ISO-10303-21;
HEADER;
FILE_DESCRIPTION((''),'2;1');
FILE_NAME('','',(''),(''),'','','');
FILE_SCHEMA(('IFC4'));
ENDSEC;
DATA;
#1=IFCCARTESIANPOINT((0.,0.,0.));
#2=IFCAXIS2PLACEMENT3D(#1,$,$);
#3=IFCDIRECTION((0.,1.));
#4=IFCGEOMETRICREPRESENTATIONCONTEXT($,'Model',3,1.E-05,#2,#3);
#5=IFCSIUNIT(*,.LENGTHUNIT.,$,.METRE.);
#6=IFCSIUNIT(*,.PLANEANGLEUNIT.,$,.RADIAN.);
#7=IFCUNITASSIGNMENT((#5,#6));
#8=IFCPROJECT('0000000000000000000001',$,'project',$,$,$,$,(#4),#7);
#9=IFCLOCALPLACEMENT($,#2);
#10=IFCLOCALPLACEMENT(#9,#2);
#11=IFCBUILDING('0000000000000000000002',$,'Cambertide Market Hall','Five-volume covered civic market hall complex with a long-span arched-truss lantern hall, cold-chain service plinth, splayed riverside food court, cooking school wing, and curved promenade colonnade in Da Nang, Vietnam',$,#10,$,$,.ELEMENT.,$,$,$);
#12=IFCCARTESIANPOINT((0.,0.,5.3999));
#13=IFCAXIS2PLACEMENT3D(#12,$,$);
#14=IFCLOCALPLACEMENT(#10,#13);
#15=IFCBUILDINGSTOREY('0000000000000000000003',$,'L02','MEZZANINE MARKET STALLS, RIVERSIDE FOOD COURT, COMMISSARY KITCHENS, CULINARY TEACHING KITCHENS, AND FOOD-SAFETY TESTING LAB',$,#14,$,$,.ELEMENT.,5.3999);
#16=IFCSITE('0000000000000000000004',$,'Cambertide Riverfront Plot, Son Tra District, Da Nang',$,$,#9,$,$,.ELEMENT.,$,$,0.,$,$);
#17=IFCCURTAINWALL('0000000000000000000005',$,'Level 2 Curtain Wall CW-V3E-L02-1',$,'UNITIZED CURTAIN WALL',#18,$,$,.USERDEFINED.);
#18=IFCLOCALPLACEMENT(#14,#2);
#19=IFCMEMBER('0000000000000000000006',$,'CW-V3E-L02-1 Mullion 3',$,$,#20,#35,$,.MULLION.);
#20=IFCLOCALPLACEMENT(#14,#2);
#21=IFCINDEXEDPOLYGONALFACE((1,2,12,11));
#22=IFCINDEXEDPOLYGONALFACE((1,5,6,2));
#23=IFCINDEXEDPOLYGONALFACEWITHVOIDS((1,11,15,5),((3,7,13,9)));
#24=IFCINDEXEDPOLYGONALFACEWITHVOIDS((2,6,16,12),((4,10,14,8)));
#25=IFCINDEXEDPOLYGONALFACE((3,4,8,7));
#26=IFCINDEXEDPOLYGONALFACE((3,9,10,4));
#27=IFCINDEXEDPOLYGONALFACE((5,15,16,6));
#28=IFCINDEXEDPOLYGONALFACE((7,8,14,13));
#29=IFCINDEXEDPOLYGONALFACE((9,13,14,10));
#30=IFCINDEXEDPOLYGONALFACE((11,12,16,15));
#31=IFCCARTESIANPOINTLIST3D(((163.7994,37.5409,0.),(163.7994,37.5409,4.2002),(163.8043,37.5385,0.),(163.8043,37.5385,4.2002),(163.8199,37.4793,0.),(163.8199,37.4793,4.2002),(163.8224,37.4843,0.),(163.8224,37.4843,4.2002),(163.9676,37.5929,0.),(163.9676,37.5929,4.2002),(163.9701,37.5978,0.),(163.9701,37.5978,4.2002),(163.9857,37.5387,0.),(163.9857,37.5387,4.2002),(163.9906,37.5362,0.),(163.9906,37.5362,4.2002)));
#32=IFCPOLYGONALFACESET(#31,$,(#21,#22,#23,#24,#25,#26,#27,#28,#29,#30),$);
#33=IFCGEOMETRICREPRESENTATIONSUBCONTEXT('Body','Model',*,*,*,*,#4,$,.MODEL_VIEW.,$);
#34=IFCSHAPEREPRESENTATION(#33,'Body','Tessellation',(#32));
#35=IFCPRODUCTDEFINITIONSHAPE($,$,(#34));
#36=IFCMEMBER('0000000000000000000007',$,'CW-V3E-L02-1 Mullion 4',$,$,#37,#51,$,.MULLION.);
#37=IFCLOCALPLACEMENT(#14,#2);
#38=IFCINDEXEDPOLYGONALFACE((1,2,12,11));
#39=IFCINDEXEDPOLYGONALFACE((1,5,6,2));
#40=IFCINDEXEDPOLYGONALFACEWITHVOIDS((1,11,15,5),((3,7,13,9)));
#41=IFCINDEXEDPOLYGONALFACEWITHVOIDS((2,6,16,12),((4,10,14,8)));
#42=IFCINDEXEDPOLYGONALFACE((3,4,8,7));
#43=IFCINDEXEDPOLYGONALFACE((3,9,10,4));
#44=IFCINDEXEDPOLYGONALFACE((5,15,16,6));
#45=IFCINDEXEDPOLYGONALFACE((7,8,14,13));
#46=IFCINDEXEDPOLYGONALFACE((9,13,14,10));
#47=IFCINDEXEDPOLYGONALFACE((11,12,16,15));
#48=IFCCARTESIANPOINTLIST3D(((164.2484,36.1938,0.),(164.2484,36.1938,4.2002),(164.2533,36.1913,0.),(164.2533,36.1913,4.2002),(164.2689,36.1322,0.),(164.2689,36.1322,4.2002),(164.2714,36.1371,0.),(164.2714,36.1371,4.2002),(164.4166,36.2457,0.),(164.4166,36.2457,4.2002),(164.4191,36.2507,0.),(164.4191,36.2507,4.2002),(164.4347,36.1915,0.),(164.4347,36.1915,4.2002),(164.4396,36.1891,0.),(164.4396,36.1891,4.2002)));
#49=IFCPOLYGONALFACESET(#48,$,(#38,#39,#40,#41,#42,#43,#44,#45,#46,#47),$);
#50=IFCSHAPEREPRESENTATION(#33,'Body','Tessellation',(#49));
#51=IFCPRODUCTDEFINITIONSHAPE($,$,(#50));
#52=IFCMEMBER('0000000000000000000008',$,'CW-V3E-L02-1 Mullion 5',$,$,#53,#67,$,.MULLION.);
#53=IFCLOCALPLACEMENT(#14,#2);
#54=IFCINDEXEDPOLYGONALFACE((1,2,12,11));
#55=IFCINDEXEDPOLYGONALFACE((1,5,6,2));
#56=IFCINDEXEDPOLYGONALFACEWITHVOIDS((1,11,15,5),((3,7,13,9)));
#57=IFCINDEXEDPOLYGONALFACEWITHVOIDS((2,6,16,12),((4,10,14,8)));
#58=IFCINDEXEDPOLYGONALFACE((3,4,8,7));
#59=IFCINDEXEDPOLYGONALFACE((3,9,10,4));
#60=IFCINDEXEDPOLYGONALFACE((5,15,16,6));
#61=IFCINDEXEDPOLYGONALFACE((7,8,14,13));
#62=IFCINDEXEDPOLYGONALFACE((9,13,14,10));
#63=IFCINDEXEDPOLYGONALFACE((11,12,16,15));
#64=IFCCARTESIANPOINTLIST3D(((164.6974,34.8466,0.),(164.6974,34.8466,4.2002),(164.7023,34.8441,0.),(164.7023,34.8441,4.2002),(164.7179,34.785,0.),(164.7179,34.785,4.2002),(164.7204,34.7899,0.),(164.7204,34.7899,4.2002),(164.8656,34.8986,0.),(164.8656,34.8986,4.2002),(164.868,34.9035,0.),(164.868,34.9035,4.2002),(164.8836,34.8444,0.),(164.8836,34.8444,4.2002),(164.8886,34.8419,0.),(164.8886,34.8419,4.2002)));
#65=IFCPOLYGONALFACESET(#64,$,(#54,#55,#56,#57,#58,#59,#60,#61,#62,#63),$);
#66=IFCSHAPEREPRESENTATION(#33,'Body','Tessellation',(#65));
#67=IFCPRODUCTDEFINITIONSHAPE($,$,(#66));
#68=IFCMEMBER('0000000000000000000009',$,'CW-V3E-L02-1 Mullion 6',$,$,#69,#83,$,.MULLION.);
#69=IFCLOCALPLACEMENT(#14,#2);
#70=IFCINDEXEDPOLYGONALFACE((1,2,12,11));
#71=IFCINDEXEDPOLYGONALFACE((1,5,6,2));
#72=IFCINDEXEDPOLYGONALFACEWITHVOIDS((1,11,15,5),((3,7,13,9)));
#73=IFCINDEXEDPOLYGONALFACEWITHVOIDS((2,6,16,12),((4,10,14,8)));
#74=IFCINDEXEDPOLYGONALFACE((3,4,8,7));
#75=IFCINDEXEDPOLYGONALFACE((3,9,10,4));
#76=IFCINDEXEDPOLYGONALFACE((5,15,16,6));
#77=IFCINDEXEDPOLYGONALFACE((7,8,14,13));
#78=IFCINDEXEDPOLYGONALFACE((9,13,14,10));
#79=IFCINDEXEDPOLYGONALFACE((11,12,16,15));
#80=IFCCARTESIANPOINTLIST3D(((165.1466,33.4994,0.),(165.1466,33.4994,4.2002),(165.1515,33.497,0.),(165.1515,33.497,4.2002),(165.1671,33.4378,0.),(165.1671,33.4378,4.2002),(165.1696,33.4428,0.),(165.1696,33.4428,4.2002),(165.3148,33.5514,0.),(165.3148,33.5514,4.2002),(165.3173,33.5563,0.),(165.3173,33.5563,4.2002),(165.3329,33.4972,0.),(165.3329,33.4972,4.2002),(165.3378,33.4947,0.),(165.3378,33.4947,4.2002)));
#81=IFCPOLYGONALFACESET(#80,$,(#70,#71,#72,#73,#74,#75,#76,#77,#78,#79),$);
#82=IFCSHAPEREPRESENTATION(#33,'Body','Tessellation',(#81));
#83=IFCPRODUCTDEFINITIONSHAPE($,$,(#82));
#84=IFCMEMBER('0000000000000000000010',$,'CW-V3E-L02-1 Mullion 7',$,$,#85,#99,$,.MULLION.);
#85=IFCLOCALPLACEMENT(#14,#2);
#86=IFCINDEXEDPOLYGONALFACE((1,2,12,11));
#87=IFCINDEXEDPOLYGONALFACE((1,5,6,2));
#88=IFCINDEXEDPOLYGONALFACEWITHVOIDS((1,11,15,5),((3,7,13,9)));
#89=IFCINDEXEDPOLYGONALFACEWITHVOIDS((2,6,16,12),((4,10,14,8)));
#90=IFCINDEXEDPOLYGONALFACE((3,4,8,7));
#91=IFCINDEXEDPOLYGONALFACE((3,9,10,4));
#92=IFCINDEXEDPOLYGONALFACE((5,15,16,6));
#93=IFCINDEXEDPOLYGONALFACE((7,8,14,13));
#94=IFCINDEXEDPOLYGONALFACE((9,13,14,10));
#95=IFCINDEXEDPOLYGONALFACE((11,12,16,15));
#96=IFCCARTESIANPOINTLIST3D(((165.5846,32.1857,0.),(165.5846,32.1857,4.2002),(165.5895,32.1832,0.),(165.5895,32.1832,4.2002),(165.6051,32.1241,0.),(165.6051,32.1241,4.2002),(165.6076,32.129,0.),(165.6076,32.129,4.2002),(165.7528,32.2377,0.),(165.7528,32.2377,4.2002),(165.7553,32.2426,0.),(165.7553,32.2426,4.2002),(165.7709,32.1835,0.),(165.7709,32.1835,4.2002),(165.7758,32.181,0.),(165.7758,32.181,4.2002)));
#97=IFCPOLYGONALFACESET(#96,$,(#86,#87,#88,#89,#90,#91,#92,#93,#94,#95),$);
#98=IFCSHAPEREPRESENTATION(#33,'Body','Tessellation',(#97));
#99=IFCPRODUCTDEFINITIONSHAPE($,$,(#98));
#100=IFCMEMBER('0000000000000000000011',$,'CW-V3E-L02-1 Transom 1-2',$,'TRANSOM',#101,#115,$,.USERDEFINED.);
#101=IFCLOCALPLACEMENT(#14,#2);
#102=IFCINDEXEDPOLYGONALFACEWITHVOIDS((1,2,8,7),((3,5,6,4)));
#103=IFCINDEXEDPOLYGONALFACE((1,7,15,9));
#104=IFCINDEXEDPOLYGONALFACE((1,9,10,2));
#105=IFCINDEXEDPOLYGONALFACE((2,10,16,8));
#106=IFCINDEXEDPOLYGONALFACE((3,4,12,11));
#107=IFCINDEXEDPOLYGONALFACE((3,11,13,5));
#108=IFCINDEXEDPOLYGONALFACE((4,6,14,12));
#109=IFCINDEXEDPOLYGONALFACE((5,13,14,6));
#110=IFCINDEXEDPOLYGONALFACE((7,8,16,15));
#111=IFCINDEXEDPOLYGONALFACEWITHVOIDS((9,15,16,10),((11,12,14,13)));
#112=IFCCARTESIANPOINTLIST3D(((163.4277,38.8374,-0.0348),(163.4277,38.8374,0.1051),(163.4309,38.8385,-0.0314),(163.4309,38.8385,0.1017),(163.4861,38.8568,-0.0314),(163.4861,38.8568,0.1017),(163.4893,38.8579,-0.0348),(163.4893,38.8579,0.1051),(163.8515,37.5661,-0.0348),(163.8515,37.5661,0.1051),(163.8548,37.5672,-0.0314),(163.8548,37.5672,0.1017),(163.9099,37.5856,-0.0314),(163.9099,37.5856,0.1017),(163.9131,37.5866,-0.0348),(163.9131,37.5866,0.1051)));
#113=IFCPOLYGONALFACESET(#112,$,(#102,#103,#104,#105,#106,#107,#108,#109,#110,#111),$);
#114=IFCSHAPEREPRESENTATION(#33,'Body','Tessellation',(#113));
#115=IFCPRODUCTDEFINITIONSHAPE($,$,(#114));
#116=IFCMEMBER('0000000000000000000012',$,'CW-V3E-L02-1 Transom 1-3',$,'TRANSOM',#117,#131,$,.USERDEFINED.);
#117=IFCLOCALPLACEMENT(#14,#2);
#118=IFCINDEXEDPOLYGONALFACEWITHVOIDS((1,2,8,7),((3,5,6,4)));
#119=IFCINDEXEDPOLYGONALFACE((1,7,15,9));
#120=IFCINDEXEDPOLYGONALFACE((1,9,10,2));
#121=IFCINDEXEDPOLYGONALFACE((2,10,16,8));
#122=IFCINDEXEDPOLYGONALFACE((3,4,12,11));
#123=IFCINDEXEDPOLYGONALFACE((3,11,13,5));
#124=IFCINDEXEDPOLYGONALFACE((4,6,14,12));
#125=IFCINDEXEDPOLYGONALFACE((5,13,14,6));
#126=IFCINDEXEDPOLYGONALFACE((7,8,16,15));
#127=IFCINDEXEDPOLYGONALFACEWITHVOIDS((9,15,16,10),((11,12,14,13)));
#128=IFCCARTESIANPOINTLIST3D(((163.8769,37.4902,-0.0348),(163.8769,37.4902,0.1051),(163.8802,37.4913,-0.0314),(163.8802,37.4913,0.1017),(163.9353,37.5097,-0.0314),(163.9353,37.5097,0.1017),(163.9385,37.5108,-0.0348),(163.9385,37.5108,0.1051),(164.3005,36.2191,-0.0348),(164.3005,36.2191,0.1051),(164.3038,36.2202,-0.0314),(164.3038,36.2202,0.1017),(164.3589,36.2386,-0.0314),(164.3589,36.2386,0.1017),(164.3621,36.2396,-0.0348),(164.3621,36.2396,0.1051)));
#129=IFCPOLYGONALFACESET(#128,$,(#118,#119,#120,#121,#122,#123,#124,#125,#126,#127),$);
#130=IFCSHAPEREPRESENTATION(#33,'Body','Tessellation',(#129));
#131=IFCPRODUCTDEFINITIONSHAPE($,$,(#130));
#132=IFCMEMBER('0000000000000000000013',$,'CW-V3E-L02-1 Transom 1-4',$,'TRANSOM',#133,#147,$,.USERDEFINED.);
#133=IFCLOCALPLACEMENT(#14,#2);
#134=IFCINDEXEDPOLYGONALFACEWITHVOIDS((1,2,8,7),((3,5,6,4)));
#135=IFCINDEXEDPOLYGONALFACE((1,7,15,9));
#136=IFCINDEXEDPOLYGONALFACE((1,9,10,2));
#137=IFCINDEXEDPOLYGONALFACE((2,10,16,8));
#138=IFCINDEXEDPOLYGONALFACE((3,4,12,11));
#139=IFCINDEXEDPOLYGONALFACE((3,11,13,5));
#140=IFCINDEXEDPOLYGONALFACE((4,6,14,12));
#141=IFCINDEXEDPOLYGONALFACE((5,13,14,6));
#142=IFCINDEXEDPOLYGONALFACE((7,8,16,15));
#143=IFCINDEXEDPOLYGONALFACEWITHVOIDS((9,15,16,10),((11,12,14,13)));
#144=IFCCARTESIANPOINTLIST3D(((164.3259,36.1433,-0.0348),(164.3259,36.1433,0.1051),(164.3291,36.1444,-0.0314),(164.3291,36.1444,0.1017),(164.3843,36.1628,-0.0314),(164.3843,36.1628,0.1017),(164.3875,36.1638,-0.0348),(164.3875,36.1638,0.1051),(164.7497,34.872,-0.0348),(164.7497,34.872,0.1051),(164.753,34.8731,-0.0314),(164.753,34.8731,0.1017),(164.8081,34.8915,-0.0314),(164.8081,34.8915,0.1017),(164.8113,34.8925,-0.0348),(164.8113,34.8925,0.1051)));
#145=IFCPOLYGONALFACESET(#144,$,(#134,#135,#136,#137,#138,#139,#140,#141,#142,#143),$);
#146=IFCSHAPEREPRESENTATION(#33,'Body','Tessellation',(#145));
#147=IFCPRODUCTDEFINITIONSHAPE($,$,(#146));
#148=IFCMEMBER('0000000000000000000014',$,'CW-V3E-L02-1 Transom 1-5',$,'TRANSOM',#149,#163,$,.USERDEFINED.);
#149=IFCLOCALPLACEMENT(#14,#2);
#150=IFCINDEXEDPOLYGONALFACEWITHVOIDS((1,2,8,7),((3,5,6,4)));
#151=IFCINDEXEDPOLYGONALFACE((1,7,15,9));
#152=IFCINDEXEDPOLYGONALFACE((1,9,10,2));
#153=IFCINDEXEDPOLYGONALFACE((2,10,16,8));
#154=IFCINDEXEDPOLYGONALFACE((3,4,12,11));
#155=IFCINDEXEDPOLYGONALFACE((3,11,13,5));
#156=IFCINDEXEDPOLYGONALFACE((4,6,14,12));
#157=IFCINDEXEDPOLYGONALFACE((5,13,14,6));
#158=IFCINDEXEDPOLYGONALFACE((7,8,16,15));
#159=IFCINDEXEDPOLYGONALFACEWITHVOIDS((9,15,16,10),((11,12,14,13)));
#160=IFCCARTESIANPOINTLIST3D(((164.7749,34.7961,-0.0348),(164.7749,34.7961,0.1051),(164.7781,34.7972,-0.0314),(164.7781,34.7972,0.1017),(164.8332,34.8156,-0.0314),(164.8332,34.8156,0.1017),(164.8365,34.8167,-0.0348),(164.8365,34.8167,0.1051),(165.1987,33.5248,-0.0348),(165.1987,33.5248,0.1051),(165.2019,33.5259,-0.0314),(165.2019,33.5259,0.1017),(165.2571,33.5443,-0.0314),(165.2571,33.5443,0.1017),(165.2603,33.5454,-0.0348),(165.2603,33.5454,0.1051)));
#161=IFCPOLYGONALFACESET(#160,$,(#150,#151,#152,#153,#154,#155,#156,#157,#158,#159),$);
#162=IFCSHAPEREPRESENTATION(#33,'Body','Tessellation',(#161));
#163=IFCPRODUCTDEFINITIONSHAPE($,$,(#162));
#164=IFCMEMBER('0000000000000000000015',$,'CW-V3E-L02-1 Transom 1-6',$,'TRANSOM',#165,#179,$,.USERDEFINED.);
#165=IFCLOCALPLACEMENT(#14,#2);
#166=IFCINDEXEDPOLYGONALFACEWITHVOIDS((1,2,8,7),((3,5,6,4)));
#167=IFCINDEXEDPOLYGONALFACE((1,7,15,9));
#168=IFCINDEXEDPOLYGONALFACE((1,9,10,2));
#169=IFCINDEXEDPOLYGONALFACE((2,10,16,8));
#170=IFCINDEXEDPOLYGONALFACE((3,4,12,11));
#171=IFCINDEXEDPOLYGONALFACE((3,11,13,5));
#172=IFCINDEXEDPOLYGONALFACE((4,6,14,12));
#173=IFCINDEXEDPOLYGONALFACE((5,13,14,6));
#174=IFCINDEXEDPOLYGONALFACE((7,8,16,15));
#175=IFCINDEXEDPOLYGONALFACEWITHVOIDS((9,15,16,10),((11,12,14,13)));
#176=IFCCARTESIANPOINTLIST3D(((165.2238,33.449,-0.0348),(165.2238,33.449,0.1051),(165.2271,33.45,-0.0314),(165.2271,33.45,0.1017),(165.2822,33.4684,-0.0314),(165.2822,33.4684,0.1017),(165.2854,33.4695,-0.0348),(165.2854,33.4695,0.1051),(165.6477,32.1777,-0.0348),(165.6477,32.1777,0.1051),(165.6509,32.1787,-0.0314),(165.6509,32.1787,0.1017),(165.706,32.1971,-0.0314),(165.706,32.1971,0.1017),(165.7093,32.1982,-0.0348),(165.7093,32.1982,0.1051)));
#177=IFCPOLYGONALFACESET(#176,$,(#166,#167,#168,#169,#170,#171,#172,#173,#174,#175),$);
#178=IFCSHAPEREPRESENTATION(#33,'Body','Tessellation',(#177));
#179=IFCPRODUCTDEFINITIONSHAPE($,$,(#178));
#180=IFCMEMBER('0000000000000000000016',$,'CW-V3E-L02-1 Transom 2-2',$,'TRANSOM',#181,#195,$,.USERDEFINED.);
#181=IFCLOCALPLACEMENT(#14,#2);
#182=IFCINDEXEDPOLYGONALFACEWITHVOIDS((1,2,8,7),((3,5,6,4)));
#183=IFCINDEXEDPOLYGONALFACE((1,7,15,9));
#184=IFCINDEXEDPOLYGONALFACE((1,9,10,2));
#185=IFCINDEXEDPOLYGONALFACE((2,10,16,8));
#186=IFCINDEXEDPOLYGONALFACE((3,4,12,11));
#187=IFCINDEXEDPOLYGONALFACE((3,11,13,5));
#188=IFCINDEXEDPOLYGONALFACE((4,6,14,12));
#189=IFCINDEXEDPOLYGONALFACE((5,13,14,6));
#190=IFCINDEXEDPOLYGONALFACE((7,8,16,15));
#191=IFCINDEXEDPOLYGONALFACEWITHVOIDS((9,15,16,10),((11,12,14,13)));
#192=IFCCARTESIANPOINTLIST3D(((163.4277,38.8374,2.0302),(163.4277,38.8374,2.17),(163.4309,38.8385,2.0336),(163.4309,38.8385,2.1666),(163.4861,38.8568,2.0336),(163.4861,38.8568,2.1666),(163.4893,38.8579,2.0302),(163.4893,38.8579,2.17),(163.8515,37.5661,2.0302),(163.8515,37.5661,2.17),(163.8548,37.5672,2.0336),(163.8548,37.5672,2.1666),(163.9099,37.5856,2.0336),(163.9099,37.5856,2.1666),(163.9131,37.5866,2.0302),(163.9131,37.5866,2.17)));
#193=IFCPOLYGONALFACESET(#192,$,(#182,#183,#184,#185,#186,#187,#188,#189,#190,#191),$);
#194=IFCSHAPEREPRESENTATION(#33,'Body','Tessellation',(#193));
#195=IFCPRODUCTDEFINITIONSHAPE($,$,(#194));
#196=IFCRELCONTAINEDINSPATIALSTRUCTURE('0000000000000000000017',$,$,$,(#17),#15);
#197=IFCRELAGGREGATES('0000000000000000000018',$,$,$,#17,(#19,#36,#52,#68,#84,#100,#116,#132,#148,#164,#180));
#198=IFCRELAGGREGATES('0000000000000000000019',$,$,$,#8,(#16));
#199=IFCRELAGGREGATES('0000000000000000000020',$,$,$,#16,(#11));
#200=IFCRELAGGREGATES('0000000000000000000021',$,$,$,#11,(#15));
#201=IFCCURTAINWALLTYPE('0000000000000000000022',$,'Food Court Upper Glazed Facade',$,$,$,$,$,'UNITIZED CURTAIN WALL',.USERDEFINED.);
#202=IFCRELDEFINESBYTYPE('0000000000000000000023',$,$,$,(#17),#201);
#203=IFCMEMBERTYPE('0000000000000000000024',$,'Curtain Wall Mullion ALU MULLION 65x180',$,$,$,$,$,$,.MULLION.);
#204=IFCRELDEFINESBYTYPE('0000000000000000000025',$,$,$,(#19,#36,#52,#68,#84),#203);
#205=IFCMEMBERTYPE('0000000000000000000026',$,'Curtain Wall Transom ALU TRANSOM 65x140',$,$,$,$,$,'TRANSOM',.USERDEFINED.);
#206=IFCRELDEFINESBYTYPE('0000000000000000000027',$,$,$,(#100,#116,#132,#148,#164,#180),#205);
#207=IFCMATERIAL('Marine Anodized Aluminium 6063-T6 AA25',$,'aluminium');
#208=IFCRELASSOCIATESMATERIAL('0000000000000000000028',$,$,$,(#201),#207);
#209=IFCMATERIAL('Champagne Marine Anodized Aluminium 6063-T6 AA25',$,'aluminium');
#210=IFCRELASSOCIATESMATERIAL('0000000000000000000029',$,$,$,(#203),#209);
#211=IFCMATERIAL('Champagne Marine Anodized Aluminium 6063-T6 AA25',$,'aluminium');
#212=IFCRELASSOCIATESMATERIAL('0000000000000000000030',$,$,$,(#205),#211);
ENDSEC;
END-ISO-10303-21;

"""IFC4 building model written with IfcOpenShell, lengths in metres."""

from ifc_helpers import new_model, si_unit, direction, frame, origin, origin_2d, place, context, subcontext, project, spatial, hollow_rectangle, extrude, material, material_profile, profile_set, type_object, element, aggregate, save


model = new_model("IFC4")

# Units and contexts
model_context = context("Model", 3, precision=1e-05, world=origin(), true_north=direction((0.0, 1.0)))
body_context = subcontext(model_context, "Body", "Model", "MODEL_VIEW")
ifc_project = project(units=[si_unit("LENGTHUNIT", "METRE"), si_unit("PLANEANGLEUNIT", "RADIAN")], contexts=[model_context])

# Site, building, storey
site_placement = place(None, origin())
site = spatial("IfcSite", under=ifc_project, at=site_placement, Name="Cambertide Riverfront Plot, Son Tra District, Da Nang", CompositionType="ELEMENT", RefElevation=0.0)
building_placement = place(site_placement, origin())
building = spatial("IfcBuilding", under=site, at=building_placement, Name="Cambertide Market Hall", Description="Five-volume covered civic market hall complex with a long-span arched-truss lantern hall, cold-chain service plinth, splayed riverside food court, cooking school wing, and curved promenade colonnade in Da Nang, Vietnam", CompositionType="ELEMENT")
storey_placement = place(building_placement, frame((0.0, 0.0, 5.3999)))
storey = spatial("IfcBuildingStorey", under=building, at=storey_placement, Name="L02", Description="MEZZANINE MARKET STALLS, RIVERSIDE FOOD COURT, COMMISSARY KITCHENS, CULINARY TEACHING KITCHENS, AND FOOD-SAFETY TESTING LAB", CompositionType="ELEMENT", Elevation=5.3999)

# Curtain wall, members
ifc_material_1 = material(Name="Marine Anodized Aluminium 6063-T6 AA25", Category="aluminium")
curtain_wall_type = type_object("IfcCurtainWallType", Name="Food Court Upper Glazed Facade", ElementType="UNITIZED CURTAIN WALL", PredefinedType="USERDEFINED", material=ifc_material_1)
curtain_wall_placement = place(storey_placement, origin())
curtain_wall = element("IfcCurtainWall", 1, at=curtain_wall_placement, inside=storey, type_object=curtain_wall_type, Name="Level 2 Curtain Wall CW-V3E-L02-1", ObjectType="UNITIZED CURTAIN WALL", PredefinedType="USERDEFINED")
ifc_material_2 = material(Name="Champagne Marine Anodized Aluminium 6063-T6 AA25", Category="aluminium")
ifc_material_profile_1 = material_profile(ifc_material_2, hollow_rectangle(XDim=0.0649, YDim=0.1799, WallThickness=0.0039, at=origin_2d()), Name="ALU MULLION 65x180")
ifc_profile_set_1 = profile_set([ifc_material_profile_1], Name="Champagne Marine Anodized Aluminium 6063-T6 AA25")
member_type_1 = type_object("IfcMemberType", Name="Curtain Wall Mullion ALU MULLION 65x180", PredefinedType="MULLION", material=ifc_profile_set_1)
member_1_placement = place(storey_placement, frame((163.895, 37.5386, 0.0), z_axis=(0.0, 0.0, 1.0), x_axis=(0.316228, -0.948683, 0.0)))
member_1 = element("IfcMember", 2, at=member_1_placement, type_object=member_type_1, Name="CW-V3E-L02-1 Mullion 3", PredefinedType="MULLION", context=body_context, shape_type="SweptSolid", body=[
    extrude(hollow_rectangle(XDim=0.0649, YDim=0.1799, WallThickness=0.0039, at=origin_2d()), origin(), (0.0, 0.0, 1.0), 4.2002),
])
member_2_placement = place(storey_placement, frame((164.344, 36.1914, 0.0), z_axis=(0.0, 0.0, 1.0), x_axis=(0.316228, -0.948683, 0.0)))
member_2 = element("IfcMember", 3, at=member_2_placement, type_object=member_type_1, Name="CW-V3E-L02-1 Mullion 4", PredefinedType="MULLION", context=body_context, shape_type="SweptSolid", body=[
    extrude(hollow_rectangle(XDim=0.0649, YDim=0.1799, WallThickness=0.0039, at=origin_2d()), origin(), (0.0, 0.0, 1.0), 4.2002),
])
member_3_placement = place(storey_placement, frame((164.793, 34.8442, 0.0), z_axis=(0.0, 0.0, 1.0), x_axis=(0.316228, -0.948683, 0.0)))
member_3 = element("IfcMember", 4, at=member_3_placement, type_object=member_type_1, Name="CW-V3E-L02-1 Mullion 5", PredefinedType="MULLION", context=body_context, shape_type="SweptSolid", body=[
    extrude(hollow_rectangle(XDim=0.0649, YDim=0.1799, WallThickness=0.0039, at=origin_2d()), origin(), (0.0, 0.0, 1.0), 4.2002),
])
member_4_placement = place(storey_placement, frame((165.2422, 33.4971, 0.0), z_axis=(0.0, 0.0, 1.0), x_axis=(0.316228, -0.948683, 0.0)))
member_4 = element("IfcMember", 5, at=member_4_placement, type_object=member_type_1, Name="CW-V3E-L02-1 Mullion 6", PredefinedType="MULLION", context=body_context, shape_type="SweptSolid", body=[
    extrude(hollow_rectangle(XDim=0.0649, YDim=0.1799, WallThickness=0.0039, at=origin_2d()), origin(), (0.0, 0.0, 1.0), 4.2002),
])
member_5_placement = place(storey_placement, frame((165.6802, 32.1833, 0.0), z_axis=(0.0, 0.0, 1.0), x_axis=(0.316228, -0.948683, 0.0)))
member_5 = element("IfcMember", 6, at=member_5_placement, type_object=member_type_1, Name="CW-V3E-L02-1 Mullion 7", PredefinedType="MULLION", context=body_context, shape_type="SweptSolid", body=[
    extrude(hollow_rectangle(XDim=0.0649, YDim=0.1799, WallThickness=0.0039, at=origin_2d()), origin(), (0.0, 0.0, 1.0), 4.2002),
])
ifc_material_3 = material(Name="Champagne Marine Anodized Aluminium 6063-T6 AA25", Category="aluminium")
ifc_material_profile_2 = material_profile(ifc_material_3, hollow_rectangle(XDim=0.0649, YDim=0.1399, WallThickness=0.0034, at=origin_2d()), Name="ALU TRANSOM 65x140")
ifc_profile_set_2 = profile_set([ifc_material_profile_2], Name="Champagne Marine Anodized Aluminium 6063-T6 AA25")
member_type_2 = type_object("IfcMemberType", Name="Curtain Wall Transom ALU TRANSOM 65x140", ElementType="TRANSOM", PredefinedType="USERDEFINED", material=ifc_profile_set_2)
member_6_placement = place(storey_placement, frame((163.4585, 38.8477, 0.0352), z_axis=(0.316282, -0.948665, 0.0), x_axis=(0.948665, 0.316282, 0.0)))
member_6 = element("IfcMember", 7, at=member_6_placement, type_object=member_type_2, Name="CW-V3E-L02-1 Transom 1-2", ObjectType="TRANSOM", PredefinedType="USERDEFINED", context=body_context, shape_type="SweptSolid", body=[
    extrude(hollow_rectangle(XDim=0.0649, YDim=0.1399, WallThickness=0.0034, at=origin_2d()), origin(), (0.0, 0.0, 1.0), 1.3401),
])
member_7_placement = place(storey_placement, frame((163.9077, 37.5005, 0.0352), z_axis=(0.316173, -0.948702, 0.0), x_axis=(0.948702, 0.316173, 0.0)))
member_7 = element("IfcMember", 8, at=member_7_placement, type_object=member_type_2, Name="CW-V3E-L02-1 Transom 1-3", ObjectType="TRANSOM", PredefinedType="USERDEFINED", context=body_context, shape_type="SweptSolid", body=[
    extrude(hollow_rectangle(XDim=0.0649, YDim=0.1399, WallThickness=0.0034, at=origin_2d()), origin(), (0.0, 0.0, 1.0), 1.3398),
])
member_8_placement = place(storey_placement, frame((164.3567, 36.1536, 0.0352), z_axis=(0.316282, -0.948665, 0.0), x_axis=(0.948665, 0.316282, 0.0)))
member_8 = element("IfcMember", 9, at=member_8_placement, type_object=member_type_2, Name="CW-V3E-L02-1 Transom 1-4", ObjectType="TRANSOM", PredefinedType="USERDEFINED", context=body_context, shape_type="SweptSolid", body=[
    extrude(hollow_rectangle(XDim=0.0649, YDim=0.1399, WallThickness=0.0034, at=origin_2d()), origin(), (0.0, 0.0, 1.0), 1.3401),
])
member_9_placement = place(storey_placement, frame((164.8057, 34.8064, 0.0352), z_axis=(0.316282, -0.948665, 0.0), x_axis=(0.948665, 0.316282, 0.0)))
member_9 = element("IfcMember", 10, at=member_9_placement, type_object=member_type_2, Name="CW-V3E-L02-1 Transom 1-5", ObjectType="TRANSOM", PredefinedType="USERDEFINED", context=body_context, shape_type="SweptSolid", body=[
    extrude(hollow_rectangle(XDim=0.0649, YDim=0.1399, WallThickness=0.0034, at=origin_2d()), origin(), (0.0, 0.0, 1.0), 1.3401),
])
member_10_placement = place(storey_placement, frame((165.2546, 33.4592, 0.0352), z_axis=(0.316282, -0.948665, 0.0), x_axis=(0.948665, 0.316282, 0.0)))
member_10 = element("IfcMember", 11, at=member_10_placement, type_object=member_type_2, Name="CW-V3E-L02-1 Transom 1-6", ObjectType="TRANSOM", PredefinedType="USERDEFINED", context=body_context, shape_type="SweptSolid", body=[
    extrude(hollow_rectangle(XDim=0.0649, YDim=0.1399, WallThickness=0.0034, at=origin_2d()), origin(), (0.0, 0.0, 1.0), 1.3401),
])
member_11_placement = place(storey_placement, frame((163.4585, 38.8477, 2.1001), z_axis=(0.316282, -0.948665, 0.0), x_axis=(0.948665, 0.316282, 0.0)))
member_11 = element("IfcMember", 12, at=member_11_placement, type_object=member_type_2, Name="CW-V3E-L02-1 Transom 2-2", ObjectType="TRANSOM", PredefinedType="USERDEFINED", context=body_context, shape_type="SweptSolid", body=[
    extrude(hollow_rectangle(XDim=0.0649, YDim=0.1399, WallThickness=0.0034, at=origin_2d()), origin(), (0.0, 0.0, 1.0), 1.3401),
])
aggregate(curtain_wall, [member_1, member_2, member_3, member_4, member_5, member_6, member_7, member_8, member_9, member_10, member_11])

save(model, "model.ifc")
